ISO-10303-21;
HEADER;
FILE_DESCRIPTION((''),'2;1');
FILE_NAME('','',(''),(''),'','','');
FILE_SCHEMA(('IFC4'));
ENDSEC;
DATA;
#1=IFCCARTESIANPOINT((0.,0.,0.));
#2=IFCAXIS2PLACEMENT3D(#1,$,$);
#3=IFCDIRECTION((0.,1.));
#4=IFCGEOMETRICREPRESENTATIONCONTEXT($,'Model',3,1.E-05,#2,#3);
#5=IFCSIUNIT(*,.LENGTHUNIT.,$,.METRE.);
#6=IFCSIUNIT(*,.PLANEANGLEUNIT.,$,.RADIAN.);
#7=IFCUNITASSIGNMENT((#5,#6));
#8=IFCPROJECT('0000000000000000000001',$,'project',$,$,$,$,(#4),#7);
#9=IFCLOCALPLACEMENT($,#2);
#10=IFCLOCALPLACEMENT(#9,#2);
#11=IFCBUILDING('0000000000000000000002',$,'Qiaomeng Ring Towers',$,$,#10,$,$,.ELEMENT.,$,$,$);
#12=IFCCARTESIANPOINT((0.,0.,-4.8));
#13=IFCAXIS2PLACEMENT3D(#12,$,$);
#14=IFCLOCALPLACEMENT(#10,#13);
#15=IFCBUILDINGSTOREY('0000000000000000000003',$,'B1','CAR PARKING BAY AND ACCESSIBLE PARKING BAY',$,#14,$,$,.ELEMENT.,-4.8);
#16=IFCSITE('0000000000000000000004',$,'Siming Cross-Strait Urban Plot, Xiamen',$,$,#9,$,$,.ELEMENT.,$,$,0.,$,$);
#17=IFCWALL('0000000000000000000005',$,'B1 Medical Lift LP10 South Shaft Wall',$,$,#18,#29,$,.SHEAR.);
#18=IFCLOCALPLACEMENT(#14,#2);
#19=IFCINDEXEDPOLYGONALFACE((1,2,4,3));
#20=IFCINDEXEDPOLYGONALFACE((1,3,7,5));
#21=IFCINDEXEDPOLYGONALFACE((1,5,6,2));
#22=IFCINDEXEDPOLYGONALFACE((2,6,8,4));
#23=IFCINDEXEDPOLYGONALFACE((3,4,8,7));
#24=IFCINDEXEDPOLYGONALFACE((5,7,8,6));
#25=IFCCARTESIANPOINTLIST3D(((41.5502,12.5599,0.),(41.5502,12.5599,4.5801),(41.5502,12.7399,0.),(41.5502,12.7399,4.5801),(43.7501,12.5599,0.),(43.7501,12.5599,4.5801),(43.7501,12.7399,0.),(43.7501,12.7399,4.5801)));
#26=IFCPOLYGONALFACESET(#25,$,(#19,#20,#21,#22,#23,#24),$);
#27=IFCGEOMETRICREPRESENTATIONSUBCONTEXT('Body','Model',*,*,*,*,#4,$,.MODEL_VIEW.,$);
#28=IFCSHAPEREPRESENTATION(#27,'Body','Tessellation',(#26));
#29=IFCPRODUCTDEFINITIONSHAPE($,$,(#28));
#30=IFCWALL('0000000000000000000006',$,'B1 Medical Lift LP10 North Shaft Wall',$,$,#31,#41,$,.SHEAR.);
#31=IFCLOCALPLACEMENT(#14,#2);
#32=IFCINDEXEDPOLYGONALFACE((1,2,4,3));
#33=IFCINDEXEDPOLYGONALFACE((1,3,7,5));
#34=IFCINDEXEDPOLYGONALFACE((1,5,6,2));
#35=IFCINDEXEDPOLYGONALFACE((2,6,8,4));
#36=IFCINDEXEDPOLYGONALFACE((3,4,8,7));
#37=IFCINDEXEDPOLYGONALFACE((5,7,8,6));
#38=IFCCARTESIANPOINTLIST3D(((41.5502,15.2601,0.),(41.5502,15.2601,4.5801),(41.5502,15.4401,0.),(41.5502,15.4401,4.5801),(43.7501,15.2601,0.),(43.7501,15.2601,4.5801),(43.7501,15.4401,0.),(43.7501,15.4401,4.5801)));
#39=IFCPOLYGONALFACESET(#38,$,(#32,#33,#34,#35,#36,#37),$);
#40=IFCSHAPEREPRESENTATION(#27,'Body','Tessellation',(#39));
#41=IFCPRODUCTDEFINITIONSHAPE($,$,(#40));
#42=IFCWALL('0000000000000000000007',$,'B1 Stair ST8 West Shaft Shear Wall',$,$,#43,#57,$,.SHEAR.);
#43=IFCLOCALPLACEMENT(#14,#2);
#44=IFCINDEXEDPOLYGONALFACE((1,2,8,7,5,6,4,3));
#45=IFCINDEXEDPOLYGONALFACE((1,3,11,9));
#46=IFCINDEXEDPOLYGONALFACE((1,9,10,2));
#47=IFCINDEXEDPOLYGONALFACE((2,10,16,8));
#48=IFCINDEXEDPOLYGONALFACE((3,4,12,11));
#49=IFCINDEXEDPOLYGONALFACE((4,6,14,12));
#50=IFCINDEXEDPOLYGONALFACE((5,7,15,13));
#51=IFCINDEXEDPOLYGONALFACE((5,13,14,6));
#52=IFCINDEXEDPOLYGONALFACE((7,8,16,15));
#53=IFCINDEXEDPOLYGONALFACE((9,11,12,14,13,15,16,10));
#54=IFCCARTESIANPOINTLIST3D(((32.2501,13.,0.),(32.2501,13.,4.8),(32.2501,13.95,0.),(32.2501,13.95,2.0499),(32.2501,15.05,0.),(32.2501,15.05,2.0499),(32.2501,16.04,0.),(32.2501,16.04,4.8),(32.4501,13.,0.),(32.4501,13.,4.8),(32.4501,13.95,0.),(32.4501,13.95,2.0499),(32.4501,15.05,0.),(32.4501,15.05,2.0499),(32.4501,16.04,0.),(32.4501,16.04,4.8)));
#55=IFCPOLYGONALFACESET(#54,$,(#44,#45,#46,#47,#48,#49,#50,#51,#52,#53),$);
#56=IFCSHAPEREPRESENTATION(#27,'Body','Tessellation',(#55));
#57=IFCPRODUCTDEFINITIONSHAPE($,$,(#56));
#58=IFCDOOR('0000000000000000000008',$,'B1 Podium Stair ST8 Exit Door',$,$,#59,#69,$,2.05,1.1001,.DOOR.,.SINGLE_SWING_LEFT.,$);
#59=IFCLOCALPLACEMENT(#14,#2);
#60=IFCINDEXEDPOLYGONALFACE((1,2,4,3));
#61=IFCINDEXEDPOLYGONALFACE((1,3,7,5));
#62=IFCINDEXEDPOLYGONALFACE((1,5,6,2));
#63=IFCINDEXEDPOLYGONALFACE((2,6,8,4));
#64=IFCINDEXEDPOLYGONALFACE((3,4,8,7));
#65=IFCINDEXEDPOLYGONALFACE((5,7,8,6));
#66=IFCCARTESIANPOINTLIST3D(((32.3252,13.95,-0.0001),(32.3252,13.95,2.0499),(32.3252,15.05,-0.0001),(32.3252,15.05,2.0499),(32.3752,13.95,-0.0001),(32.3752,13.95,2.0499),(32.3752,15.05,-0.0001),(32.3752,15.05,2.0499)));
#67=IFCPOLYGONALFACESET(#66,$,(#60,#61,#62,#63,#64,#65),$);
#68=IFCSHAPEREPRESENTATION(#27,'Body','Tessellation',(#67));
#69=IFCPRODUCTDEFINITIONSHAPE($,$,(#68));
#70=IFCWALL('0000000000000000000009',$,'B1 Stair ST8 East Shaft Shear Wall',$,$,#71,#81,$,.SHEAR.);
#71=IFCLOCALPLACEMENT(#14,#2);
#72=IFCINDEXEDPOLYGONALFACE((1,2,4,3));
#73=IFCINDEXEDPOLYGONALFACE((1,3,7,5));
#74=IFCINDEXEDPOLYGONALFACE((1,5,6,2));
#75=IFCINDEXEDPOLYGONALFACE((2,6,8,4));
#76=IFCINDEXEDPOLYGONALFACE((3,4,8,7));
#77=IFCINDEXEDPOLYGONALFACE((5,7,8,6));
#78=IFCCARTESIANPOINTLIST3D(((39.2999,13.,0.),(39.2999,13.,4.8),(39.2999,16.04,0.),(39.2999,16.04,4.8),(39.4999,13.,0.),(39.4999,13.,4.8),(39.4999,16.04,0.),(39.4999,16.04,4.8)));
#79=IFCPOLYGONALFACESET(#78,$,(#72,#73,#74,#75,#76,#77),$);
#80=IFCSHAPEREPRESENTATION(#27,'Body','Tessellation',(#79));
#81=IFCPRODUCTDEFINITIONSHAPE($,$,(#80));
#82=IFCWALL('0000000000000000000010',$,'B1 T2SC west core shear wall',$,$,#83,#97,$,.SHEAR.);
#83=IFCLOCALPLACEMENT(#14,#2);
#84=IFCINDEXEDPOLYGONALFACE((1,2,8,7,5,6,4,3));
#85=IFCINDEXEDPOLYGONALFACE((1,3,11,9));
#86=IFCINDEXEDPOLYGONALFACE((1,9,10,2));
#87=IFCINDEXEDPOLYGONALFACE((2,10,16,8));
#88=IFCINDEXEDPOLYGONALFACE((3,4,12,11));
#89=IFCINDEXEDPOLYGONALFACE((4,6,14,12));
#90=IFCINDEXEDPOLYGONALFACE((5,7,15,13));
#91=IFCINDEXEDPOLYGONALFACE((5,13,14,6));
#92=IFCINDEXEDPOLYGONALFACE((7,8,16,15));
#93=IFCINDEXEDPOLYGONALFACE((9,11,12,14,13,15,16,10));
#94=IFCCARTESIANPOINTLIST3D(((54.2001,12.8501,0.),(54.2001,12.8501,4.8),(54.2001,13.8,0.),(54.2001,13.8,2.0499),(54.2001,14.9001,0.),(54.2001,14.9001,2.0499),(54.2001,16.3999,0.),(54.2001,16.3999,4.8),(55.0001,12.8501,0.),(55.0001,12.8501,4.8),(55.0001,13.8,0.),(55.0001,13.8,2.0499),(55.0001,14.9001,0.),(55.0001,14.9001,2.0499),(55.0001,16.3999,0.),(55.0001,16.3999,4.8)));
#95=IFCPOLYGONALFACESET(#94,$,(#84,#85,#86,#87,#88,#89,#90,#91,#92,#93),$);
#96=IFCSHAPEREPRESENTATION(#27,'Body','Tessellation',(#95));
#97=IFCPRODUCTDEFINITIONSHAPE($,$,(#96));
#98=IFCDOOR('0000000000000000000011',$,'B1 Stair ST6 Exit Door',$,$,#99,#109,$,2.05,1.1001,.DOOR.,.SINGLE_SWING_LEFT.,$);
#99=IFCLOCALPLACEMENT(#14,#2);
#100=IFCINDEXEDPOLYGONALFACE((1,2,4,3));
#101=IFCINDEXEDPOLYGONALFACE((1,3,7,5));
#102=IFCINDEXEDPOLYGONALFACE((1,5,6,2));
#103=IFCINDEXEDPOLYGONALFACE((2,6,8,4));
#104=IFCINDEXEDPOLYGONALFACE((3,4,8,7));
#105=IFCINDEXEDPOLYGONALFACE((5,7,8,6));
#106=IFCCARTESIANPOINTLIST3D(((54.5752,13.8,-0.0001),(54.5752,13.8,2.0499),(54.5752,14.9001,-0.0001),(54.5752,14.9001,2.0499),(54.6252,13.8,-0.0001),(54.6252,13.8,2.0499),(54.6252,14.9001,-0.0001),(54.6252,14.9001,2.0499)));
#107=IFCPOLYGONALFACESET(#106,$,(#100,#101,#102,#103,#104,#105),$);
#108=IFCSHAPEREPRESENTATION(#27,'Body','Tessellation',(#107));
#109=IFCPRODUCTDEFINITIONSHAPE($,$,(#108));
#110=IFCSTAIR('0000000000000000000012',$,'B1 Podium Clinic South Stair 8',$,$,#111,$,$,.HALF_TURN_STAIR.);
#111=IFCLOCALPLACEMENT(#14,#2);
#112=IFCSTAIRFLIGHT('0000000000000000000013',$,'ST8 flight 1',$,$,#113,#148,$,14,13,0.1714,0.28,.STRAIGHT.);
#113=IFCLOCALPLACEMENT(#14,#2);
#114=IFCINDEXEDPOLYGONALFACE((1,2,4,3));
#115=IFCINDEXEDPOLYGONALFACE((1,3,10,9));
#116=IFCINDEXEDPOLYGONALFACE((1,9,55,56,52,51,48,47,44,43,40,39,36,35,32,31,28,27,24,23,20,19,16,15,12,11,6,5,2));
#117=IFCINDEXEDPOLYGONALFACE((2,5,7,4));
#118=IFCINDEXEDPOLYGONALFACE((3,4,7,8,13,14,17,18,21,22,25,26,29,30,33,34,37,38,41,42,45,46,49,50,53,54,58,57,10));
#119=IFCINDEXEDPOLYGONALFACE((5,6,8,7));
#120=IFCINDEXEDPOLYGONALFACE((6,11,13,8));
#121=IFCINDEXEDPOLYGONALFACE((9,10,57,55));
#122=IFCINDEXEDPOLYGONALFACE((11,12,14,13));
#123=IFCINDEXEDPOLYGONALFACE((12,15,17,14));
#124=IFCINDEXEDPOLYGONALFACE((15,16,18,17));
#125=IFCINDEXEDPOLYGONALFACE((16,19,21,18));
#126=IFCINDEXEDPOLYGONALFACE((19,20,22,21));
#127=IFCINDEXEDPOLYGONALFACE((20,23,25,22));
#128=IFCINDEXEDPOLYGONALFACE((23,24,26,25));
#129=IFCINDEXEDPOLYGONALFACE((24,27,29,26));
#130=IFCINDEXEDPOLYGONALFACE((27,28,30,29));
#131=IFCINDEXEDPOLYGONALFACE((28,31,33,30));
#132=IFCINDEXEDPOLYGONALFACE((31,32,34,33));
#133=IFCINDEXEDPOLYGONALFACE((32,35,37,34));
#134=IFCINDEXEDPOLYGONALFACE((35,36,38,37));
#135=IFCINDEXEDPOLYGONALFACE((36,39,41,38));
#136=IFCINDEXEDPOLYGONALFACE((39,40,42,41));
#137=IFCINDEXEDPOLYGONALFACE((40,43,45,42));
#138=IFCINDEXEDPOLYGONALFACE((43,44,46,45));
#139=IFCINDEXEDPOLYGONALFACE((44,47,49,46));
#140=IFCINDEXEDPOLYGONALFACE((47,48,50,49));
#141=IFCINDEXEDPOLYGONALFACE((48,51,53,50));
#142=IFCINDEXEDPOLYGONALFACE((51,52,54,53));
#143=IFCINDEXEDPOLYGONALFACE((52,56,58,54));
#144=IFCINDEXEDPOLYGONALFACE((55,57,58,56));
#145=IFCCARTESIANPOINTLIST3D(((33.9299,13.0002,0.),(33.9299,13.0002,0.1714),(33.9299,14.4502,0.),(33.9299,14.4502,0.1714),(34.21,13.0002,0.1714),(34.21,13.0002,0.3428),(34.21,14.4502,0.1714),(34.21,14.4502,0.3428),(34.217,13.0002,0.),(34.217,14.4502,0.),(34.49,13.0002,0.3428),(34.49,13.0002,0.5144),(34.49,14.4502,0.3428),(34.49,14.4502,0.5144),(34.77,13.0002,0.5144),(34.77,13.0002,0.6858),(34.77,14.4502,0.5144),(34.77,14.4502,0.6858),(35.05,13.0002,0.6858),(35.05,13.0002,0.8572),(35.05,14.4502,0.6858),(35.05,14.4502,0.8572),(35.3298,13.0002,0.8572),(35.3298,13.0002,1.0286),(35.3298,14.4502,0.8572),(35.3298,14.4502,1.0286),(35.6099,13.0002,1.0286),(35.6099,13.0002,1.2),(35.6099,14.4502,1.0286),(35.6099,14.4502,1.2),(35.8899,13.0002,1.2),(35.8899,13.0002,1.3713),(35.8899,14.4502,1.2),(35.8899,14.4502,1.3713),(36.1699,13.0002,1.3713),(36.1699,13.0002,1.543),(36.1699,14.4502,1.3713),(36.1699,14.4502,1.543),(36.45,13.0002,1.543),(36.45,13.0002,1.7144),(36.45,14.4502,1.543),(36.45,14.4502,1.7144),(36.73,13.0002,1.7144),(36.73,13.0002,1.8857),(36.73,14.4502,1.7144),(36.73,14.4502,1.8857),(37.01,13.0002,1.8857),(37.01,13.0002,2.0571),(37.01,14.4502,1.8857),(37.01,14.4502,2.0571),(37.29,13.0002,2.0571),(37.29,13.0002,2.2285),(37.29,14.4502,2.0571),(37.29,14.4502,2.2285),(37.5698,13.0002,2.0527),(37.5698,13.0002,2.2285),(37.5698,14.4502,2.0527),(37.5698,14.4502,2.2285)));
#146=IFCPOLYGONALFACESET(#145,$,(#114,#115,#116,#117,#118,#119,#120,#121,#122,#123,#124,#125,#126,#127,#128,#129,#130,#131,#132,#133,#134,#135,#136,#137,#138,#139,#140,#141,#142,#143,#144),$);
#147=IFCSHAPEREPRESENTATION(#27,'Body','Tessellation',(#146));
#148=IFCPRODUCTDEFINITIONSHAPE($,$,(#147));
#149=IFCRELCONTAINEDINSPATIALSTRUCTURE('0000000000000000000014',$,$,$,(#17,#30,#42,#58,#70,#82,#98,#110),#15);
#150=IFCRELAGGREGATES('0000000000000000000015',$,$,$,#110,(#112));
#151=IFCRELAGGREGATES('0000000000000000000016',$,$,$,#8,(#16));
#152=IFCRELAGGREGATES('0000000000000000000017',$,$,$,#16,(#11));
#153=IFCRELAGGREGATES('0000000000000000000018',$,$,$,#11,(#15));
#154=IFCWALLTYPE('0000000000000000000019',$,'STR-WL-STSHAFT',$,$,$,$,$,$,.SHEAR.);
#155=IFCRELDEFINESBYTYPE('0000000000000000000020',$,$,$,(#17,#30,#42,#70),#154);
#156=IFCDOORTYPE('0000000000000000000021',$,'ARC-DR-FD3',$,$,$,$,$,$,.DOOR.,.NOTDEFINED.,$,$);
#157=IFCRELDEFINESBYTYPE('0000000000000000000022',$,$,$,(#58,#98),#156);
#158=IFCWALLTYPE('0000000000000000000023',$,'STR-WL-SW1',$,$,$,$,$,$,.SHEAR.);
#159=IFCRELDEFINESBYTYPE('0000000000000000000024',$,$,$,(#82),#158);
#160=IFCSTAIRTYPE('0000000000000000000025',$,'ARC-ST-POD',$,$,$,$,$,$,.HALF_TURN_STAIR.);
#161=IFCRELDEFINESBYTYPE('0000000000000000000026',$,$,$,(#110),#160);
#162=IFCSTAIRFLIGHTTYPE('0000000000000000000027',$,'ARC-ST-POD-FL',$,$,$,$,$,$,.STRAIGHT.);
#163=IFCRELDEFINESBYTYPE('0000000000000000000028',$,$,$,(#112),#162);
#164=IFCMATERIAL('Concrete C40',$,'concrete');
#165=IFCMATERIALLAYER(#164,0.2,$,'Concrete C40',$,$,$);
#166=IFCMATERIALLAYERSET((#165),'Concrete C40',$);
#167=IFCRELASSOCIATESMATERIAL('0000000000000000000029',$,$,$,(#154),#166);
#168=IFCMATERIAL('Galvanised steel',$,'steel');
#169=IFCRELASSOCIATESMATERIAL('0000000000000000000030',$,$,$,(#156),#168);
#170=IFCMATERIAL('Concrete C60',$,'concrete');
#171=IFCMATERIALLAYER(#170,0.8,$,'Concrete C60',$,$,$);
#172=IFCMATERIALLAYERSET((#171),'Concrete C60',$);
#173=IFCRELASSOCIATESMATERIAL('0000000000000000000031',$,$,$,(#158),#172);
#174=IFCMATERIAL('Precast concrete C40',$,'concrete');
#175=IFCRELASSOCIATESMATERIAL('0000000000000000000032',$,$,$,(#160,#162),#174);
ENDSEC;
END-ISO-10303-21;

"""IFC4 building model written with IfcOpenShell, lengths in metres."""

from ifc_helpers import new_model, si_unit, direction, frame, frame_2d, origin, place, context, subcontext, project, spatial, polyline, rectangle, outline, extrude, source, transform, mapped, material, layer, layer_set, type_object, element, fill, aggregate, save


model = new_model("IFC4")

# Units and contexts
model_context = context("Model", 3, precision=1e-05, world=origin(), true_north=direction((0.0, 1.0)))
body_context = subcontext(model_context, "Body", "Model", "MODEL_VIEW")
ifc_project = project(units=[si_unit("LENGTHUNIT", "METRE"), si_unit("PLANEANGLEUNIT", "RADIAN")], contexts=[model_context])

# Site, building, storey
site_placement = place(None, origin())
site = spatial("IfcSite", under=ifc_project, at=site_placement, Name="Siming Cross-Strait Urban Plot, Xiamen", CompositionType="ELEMENT", RefElevation=0.0)
building_placement = place(site_placement, origin())
building = spatial("IfcBuilding", under=site, at=building_placement, Name="Qiaomeng Ring Towers", CompositionType="ELEMENT")
storey_placement = place(building_placement, frame((0.0, 0.0, -4.8)))
storey = spatial("IfcBuildingStorey", under=building, at=storey_placement, Name="B1", Description="CAR PARKING BAY AND ACCESSIBLE PARKING BAY", CompositionType="ELEMENT", Elevation=-4.8)

# Shared definitions
ifc_material_1 = material(Name="Concrete C60", Category="concrete")

# Walls
ifc_material_2 = material(Name="Concrete C40", Category="concrete")
ifc_layer_1 = layer(ifc_material_2, 0.2, Name="Concrete C40")
ifc_layer_set_1 = layer_set([ifc_layer_1], Name="Concrete C40")
wall_type_1 = type_object("IfcWallType", Name="STR-WL-STSHAFT", PredefinedType="SHEAR", material=ifc_layer_set_1)
for number, where, z_axis, x_axis, name in (
    (1, (41.55, 12.6499, 0.0), (0.0, 0.0, 1.0), (1.0, 0.0, 0.0), "B1 Medical Lift LP10 South Shaft Wall"),
    (2, (41.55, 15.3501, 0.0), (0.0, 0.0, 1.0), (1.0, 0.0, 0.0), "B1 Medical Lift LP10 North Shaft Wall"),
):
    element("IfcWall", number, at=place(storey_placement, frame(where, z_axis=z_axis, x_axis=x_axis)), inside=storey, type_object=wall_type_1, Name=name, PredefinedType="SHEAR", context=body_context, shape_type="SweptSolid", body=[
        extrude(rectangle(XDim=2.2, YDim=0.1799, at=frame_2d((1.1001, 0.0))), origin(), (0.0, 0.0, 1.0), 4.5801),
    ])

# Wall, opening, door
wall_1_placement = place(storey_placement, frame((32.3501, 13.0, 0.0), z_axis=(0.0, 0.0, 1.0), x_axis=(0.0, 1.0, 0.0)))
wall_1 = element("IfcWall", 3, at=wall_1_placement, inside=storey, type_object=wall_type_1, Name="B1 Stair ST8 West Shaft Shear Wall", PredefinedType="SHEAR", context=body_context, shape_type="SweptSolid", body=[
    extrude(rectangle(XDim=3.04, YDim=0.2, at=frame_2d((1.52, 0.0))), origin(), (0.0, 0.0, 1.0), 4.8),
])
opening_1_placement = place(wall_1_placement, frame((0.95, 0.0, 0.0)))
opening_1 = element("IfcOpeningElement", 4, at=opening_1_placement, cuts=wall_1, PredefinedType="OPENING", context=body_context, shape_type="SweptSolid", body=[
    extrude(rectangle(XDim=1.1001, YDim=2.05, at=frame_2d((0.55, 1.0249))), frame((0.0, 0.1099, 0.0), z_axis=(0.0, -1.0, 0.0), x_axis=(1.0, 0.0, 0.0)), (0.0, 0.0, 1.0), 0.22),
])
ifc_material_3 = material(Name="Galvanised steel", Category="steel")
door_type = type_object("IfcDoorType", Name="ARC-DR-FD3", OperationType="NOTDEFINED", PredefinedType="DOOR", material=ifc_material_3)
shared_shape_1 = source(origin(), body_context, "Body", "SweptSolid", [
    extrude(rectangle(XDim=1.1001, YDim=2.05, at=frame_2d((0.55, 1.0249))), frame((0.0, 0.0249, 0.0), z_axis=(0.0, -1.0, 0.0), x_axis=(1.0, 0.0, 0.0)), (0.0, 0.0, 1.0), 0.05),
])
door_1_placement = place(opening_1_placement, origin())
door_1 = element("IfcDoor", 5, at=door_1_placement, inside=storey, type_object=door_type, Name="B1 Podium Stair ST8 Exit Door", OperationType="SINGLE_SWING_LEFT", OverallHeight=2.05, OverallWidth=1.1001, PredefinedType="DOOR", context=body_context, shape_type="MappedRepresentation", body=[
    mapped(shared_shape_1, transform((0.0, 0.0, 0.0), x_axis=(1.0, 0.0, 0.0), y_axis=(0.0, 1.0, 0.0), z_axis=(0.0, 0.0, 1.0), scale=1.0)),
])
fill(opening_1, door_1)

# Wall
wall_2_placement = place(storey_placement, frame((39.3999, 13.0, 0.0), z_axis=(0.0, 0.0, 1.0), x_axis=(0.0, 1.0, 0.0)))
element("IfcWall", 6, at=wall_2_placement, inside=storey, type_object=wall_type_1, Name="B1 Stair ST8 East Shaft Shear Wall", PredefinedType="SHEAR", context=body_context, shape_type="SweptSolid", body=[
    extrude(rectangle(XDim=3.04, YDim=0.2, at=frame_2d((1.52, 0.0))), origin(), (0.0, 0.0, 1.0), 4.8),
])

# Wall, opening, door
ifc_layer_2 = layer(ifc_material_1, 0.8, Name="Concrete C60")
ifc_layer_set_2 = layer_set([ifc_layer_2], Name="Concrete C60")
wall_type_2 = type_object("IfcWallType", Name="STR-WL-SW1", PredefinedType="SHEAR", material=ifc_layer_set_2)
wall_3_placement = place(storey_placement, frame((54.6001, 12.8501, 0.0), z_axis=(0.0, 0.0, 1.0), x_axis=(0.0, 1.0, 0.0)))
wall_3 = element("IfcWall", 7, at=wall_3_placement, inside=storey, type_object=wall_type_2, Name="B1 T2SC west core shear wall", PredefinedType="SHEAR", context=body_context, shape_type="SweptSolid", body=[
    extrude(rectangle(XDim=3.5498, YDim=0.8, at=frame_2d((1.7749, 0.0))), origin(), (0.0, 0.0, 1.0), 4.8),
])
opening_2_placement = place(wall_3_placement, frame((0.95, 0.0, 0.0)))
opening_2 = element("IfcOpeningElement", 8, at=opening_2_placement, cuts=wall_3, PredefinedType="OPENING", context=body_context, shape_type="SweptSolid", body=[
    extrude(rectangle(XDim=1.1001, YDim=2.05, at=frame_2d((0.55, 1.0249))), frame((0.0, 0.4099, 0.0), z_axis=(0.0, -1.0, 0.0), x_axis=(1.0, 0.0, 0.0)), (0.0, 0.0, 1.0), 0.8201),
])
door_2_placement = place(opening_2_placement, origin())
door_2 = element("IfcDoor", 9, at=door_2_placement, inside=storey, type_object=door_type, Name="B1 Stair ST6 Exit Door", OperationType="SINGLE_SWING_LEFT", OverallHeight=2.05, OverallWidth=1.1001, PredefinedType="DOOR", context=body_context, shape_type="MappedRepresentation", body=[
    mapped(shared_shape_1, transform((0.0, 0.0, 0.0), x_axis=(1.0, 0.0, 0.0), y_axis=(0.0, 1.0, 0.0), z_axis=(0.0, 0.0, 1.0), scale=1.0)),
])
fill(opening_2, door_2)

# Stair, stair flight
ifc_material_4 = material(Name="Precast concrete C40", Category="concrete")
stair_type = type_object("IfcStairType", Name="ARC-ST-POD", PredefinedType="HALF_TURN_STAIR", material=ifc_material_4)
stair_placement = place(storey_placement, origin())
stair = element("IfcStair", 10, at=stair_placement, inside=storey, type_object=stair_type, Name="B1 Podium Clinic South Stair 8", PredefinedType="HALF_TURN_STAIR")
stair_flight_type = type_object("IfcStairFlightType", Name="ARC-ST-POD-FL", PredefinedType="STRAIGHT", material=ifc_material_4)
shared_shape_2 = source(origin(), body_context, "Body", "SweptSolid", [
    extrude(outline(polyline([(0.0, 0.0), (0.0, 0.1714), (0.28, 0.1714), (0.28, 0.3428), (0.5601, 0.3428), (0.5601, 0.5144), (0.8401, 0.5144), (0.8401, 0.6858), (1.1201, 0.6858), (1.1201, 0.8572), (1.3999, 0.8572), (1.3999, 1.0286), (1.6799, 1.0286), (1.6799, 1.2), (1.96, 1.2), (1.96, 1.3713), (2.24, 1.3713), (2.24, 1.543), (2.52, 1.543), (2.52, 1.7144), (2.8, 1.7144), (2.8, 1.8857), (3.0801, 1.8857), (3.0801, 2.0571), (3.3601, 2.0571), (3.3601, 2.2285), (3.6399, 2.2285), (3.6399, 2.3999), (3.6399, 2.0527), (0.2871, 0.0), (0.0, 0.0)])), frame((0.0, 0.7251, 0.0), z_axis=(0.0, -1.0, 0.0), x_axis=(1.0, 0.0, 0.0)), (0.0, 0.0, 1.0), 1.45),
])
stair_flight_1_placement = place(storey_placement, frame((33.9299, 13.7251, 0.0), z_axis=(0.0, 0.0, 1.0), x_axis=(1.0, 0.0, 0.0)))
stair_flight_1 = element("IfcStairFlight", 11, at=stair_flight_1_placement, type_object=stair_flight_type, Name="ST8 flight 1", NumberOfRisers=14, NumberOfTreads=13, PredefinedType="STRAIGHT", RiserHeight=0.1714, TreadLength=0.28, context=body_context, shape_type="MappedRepresentation", body=[
    mapped(shared_shape_2, transform((0.0, 0.0, 0.0), x_axis=(1.0, 0.0, 0.0), y_axis=(0.0, 1.0, 0.0), z_axis=(0.0, 0.0, 1.0), scale=1.0)),
])
aggregate(stair, [stair_flight_1])

save(model, "model.ifc")
